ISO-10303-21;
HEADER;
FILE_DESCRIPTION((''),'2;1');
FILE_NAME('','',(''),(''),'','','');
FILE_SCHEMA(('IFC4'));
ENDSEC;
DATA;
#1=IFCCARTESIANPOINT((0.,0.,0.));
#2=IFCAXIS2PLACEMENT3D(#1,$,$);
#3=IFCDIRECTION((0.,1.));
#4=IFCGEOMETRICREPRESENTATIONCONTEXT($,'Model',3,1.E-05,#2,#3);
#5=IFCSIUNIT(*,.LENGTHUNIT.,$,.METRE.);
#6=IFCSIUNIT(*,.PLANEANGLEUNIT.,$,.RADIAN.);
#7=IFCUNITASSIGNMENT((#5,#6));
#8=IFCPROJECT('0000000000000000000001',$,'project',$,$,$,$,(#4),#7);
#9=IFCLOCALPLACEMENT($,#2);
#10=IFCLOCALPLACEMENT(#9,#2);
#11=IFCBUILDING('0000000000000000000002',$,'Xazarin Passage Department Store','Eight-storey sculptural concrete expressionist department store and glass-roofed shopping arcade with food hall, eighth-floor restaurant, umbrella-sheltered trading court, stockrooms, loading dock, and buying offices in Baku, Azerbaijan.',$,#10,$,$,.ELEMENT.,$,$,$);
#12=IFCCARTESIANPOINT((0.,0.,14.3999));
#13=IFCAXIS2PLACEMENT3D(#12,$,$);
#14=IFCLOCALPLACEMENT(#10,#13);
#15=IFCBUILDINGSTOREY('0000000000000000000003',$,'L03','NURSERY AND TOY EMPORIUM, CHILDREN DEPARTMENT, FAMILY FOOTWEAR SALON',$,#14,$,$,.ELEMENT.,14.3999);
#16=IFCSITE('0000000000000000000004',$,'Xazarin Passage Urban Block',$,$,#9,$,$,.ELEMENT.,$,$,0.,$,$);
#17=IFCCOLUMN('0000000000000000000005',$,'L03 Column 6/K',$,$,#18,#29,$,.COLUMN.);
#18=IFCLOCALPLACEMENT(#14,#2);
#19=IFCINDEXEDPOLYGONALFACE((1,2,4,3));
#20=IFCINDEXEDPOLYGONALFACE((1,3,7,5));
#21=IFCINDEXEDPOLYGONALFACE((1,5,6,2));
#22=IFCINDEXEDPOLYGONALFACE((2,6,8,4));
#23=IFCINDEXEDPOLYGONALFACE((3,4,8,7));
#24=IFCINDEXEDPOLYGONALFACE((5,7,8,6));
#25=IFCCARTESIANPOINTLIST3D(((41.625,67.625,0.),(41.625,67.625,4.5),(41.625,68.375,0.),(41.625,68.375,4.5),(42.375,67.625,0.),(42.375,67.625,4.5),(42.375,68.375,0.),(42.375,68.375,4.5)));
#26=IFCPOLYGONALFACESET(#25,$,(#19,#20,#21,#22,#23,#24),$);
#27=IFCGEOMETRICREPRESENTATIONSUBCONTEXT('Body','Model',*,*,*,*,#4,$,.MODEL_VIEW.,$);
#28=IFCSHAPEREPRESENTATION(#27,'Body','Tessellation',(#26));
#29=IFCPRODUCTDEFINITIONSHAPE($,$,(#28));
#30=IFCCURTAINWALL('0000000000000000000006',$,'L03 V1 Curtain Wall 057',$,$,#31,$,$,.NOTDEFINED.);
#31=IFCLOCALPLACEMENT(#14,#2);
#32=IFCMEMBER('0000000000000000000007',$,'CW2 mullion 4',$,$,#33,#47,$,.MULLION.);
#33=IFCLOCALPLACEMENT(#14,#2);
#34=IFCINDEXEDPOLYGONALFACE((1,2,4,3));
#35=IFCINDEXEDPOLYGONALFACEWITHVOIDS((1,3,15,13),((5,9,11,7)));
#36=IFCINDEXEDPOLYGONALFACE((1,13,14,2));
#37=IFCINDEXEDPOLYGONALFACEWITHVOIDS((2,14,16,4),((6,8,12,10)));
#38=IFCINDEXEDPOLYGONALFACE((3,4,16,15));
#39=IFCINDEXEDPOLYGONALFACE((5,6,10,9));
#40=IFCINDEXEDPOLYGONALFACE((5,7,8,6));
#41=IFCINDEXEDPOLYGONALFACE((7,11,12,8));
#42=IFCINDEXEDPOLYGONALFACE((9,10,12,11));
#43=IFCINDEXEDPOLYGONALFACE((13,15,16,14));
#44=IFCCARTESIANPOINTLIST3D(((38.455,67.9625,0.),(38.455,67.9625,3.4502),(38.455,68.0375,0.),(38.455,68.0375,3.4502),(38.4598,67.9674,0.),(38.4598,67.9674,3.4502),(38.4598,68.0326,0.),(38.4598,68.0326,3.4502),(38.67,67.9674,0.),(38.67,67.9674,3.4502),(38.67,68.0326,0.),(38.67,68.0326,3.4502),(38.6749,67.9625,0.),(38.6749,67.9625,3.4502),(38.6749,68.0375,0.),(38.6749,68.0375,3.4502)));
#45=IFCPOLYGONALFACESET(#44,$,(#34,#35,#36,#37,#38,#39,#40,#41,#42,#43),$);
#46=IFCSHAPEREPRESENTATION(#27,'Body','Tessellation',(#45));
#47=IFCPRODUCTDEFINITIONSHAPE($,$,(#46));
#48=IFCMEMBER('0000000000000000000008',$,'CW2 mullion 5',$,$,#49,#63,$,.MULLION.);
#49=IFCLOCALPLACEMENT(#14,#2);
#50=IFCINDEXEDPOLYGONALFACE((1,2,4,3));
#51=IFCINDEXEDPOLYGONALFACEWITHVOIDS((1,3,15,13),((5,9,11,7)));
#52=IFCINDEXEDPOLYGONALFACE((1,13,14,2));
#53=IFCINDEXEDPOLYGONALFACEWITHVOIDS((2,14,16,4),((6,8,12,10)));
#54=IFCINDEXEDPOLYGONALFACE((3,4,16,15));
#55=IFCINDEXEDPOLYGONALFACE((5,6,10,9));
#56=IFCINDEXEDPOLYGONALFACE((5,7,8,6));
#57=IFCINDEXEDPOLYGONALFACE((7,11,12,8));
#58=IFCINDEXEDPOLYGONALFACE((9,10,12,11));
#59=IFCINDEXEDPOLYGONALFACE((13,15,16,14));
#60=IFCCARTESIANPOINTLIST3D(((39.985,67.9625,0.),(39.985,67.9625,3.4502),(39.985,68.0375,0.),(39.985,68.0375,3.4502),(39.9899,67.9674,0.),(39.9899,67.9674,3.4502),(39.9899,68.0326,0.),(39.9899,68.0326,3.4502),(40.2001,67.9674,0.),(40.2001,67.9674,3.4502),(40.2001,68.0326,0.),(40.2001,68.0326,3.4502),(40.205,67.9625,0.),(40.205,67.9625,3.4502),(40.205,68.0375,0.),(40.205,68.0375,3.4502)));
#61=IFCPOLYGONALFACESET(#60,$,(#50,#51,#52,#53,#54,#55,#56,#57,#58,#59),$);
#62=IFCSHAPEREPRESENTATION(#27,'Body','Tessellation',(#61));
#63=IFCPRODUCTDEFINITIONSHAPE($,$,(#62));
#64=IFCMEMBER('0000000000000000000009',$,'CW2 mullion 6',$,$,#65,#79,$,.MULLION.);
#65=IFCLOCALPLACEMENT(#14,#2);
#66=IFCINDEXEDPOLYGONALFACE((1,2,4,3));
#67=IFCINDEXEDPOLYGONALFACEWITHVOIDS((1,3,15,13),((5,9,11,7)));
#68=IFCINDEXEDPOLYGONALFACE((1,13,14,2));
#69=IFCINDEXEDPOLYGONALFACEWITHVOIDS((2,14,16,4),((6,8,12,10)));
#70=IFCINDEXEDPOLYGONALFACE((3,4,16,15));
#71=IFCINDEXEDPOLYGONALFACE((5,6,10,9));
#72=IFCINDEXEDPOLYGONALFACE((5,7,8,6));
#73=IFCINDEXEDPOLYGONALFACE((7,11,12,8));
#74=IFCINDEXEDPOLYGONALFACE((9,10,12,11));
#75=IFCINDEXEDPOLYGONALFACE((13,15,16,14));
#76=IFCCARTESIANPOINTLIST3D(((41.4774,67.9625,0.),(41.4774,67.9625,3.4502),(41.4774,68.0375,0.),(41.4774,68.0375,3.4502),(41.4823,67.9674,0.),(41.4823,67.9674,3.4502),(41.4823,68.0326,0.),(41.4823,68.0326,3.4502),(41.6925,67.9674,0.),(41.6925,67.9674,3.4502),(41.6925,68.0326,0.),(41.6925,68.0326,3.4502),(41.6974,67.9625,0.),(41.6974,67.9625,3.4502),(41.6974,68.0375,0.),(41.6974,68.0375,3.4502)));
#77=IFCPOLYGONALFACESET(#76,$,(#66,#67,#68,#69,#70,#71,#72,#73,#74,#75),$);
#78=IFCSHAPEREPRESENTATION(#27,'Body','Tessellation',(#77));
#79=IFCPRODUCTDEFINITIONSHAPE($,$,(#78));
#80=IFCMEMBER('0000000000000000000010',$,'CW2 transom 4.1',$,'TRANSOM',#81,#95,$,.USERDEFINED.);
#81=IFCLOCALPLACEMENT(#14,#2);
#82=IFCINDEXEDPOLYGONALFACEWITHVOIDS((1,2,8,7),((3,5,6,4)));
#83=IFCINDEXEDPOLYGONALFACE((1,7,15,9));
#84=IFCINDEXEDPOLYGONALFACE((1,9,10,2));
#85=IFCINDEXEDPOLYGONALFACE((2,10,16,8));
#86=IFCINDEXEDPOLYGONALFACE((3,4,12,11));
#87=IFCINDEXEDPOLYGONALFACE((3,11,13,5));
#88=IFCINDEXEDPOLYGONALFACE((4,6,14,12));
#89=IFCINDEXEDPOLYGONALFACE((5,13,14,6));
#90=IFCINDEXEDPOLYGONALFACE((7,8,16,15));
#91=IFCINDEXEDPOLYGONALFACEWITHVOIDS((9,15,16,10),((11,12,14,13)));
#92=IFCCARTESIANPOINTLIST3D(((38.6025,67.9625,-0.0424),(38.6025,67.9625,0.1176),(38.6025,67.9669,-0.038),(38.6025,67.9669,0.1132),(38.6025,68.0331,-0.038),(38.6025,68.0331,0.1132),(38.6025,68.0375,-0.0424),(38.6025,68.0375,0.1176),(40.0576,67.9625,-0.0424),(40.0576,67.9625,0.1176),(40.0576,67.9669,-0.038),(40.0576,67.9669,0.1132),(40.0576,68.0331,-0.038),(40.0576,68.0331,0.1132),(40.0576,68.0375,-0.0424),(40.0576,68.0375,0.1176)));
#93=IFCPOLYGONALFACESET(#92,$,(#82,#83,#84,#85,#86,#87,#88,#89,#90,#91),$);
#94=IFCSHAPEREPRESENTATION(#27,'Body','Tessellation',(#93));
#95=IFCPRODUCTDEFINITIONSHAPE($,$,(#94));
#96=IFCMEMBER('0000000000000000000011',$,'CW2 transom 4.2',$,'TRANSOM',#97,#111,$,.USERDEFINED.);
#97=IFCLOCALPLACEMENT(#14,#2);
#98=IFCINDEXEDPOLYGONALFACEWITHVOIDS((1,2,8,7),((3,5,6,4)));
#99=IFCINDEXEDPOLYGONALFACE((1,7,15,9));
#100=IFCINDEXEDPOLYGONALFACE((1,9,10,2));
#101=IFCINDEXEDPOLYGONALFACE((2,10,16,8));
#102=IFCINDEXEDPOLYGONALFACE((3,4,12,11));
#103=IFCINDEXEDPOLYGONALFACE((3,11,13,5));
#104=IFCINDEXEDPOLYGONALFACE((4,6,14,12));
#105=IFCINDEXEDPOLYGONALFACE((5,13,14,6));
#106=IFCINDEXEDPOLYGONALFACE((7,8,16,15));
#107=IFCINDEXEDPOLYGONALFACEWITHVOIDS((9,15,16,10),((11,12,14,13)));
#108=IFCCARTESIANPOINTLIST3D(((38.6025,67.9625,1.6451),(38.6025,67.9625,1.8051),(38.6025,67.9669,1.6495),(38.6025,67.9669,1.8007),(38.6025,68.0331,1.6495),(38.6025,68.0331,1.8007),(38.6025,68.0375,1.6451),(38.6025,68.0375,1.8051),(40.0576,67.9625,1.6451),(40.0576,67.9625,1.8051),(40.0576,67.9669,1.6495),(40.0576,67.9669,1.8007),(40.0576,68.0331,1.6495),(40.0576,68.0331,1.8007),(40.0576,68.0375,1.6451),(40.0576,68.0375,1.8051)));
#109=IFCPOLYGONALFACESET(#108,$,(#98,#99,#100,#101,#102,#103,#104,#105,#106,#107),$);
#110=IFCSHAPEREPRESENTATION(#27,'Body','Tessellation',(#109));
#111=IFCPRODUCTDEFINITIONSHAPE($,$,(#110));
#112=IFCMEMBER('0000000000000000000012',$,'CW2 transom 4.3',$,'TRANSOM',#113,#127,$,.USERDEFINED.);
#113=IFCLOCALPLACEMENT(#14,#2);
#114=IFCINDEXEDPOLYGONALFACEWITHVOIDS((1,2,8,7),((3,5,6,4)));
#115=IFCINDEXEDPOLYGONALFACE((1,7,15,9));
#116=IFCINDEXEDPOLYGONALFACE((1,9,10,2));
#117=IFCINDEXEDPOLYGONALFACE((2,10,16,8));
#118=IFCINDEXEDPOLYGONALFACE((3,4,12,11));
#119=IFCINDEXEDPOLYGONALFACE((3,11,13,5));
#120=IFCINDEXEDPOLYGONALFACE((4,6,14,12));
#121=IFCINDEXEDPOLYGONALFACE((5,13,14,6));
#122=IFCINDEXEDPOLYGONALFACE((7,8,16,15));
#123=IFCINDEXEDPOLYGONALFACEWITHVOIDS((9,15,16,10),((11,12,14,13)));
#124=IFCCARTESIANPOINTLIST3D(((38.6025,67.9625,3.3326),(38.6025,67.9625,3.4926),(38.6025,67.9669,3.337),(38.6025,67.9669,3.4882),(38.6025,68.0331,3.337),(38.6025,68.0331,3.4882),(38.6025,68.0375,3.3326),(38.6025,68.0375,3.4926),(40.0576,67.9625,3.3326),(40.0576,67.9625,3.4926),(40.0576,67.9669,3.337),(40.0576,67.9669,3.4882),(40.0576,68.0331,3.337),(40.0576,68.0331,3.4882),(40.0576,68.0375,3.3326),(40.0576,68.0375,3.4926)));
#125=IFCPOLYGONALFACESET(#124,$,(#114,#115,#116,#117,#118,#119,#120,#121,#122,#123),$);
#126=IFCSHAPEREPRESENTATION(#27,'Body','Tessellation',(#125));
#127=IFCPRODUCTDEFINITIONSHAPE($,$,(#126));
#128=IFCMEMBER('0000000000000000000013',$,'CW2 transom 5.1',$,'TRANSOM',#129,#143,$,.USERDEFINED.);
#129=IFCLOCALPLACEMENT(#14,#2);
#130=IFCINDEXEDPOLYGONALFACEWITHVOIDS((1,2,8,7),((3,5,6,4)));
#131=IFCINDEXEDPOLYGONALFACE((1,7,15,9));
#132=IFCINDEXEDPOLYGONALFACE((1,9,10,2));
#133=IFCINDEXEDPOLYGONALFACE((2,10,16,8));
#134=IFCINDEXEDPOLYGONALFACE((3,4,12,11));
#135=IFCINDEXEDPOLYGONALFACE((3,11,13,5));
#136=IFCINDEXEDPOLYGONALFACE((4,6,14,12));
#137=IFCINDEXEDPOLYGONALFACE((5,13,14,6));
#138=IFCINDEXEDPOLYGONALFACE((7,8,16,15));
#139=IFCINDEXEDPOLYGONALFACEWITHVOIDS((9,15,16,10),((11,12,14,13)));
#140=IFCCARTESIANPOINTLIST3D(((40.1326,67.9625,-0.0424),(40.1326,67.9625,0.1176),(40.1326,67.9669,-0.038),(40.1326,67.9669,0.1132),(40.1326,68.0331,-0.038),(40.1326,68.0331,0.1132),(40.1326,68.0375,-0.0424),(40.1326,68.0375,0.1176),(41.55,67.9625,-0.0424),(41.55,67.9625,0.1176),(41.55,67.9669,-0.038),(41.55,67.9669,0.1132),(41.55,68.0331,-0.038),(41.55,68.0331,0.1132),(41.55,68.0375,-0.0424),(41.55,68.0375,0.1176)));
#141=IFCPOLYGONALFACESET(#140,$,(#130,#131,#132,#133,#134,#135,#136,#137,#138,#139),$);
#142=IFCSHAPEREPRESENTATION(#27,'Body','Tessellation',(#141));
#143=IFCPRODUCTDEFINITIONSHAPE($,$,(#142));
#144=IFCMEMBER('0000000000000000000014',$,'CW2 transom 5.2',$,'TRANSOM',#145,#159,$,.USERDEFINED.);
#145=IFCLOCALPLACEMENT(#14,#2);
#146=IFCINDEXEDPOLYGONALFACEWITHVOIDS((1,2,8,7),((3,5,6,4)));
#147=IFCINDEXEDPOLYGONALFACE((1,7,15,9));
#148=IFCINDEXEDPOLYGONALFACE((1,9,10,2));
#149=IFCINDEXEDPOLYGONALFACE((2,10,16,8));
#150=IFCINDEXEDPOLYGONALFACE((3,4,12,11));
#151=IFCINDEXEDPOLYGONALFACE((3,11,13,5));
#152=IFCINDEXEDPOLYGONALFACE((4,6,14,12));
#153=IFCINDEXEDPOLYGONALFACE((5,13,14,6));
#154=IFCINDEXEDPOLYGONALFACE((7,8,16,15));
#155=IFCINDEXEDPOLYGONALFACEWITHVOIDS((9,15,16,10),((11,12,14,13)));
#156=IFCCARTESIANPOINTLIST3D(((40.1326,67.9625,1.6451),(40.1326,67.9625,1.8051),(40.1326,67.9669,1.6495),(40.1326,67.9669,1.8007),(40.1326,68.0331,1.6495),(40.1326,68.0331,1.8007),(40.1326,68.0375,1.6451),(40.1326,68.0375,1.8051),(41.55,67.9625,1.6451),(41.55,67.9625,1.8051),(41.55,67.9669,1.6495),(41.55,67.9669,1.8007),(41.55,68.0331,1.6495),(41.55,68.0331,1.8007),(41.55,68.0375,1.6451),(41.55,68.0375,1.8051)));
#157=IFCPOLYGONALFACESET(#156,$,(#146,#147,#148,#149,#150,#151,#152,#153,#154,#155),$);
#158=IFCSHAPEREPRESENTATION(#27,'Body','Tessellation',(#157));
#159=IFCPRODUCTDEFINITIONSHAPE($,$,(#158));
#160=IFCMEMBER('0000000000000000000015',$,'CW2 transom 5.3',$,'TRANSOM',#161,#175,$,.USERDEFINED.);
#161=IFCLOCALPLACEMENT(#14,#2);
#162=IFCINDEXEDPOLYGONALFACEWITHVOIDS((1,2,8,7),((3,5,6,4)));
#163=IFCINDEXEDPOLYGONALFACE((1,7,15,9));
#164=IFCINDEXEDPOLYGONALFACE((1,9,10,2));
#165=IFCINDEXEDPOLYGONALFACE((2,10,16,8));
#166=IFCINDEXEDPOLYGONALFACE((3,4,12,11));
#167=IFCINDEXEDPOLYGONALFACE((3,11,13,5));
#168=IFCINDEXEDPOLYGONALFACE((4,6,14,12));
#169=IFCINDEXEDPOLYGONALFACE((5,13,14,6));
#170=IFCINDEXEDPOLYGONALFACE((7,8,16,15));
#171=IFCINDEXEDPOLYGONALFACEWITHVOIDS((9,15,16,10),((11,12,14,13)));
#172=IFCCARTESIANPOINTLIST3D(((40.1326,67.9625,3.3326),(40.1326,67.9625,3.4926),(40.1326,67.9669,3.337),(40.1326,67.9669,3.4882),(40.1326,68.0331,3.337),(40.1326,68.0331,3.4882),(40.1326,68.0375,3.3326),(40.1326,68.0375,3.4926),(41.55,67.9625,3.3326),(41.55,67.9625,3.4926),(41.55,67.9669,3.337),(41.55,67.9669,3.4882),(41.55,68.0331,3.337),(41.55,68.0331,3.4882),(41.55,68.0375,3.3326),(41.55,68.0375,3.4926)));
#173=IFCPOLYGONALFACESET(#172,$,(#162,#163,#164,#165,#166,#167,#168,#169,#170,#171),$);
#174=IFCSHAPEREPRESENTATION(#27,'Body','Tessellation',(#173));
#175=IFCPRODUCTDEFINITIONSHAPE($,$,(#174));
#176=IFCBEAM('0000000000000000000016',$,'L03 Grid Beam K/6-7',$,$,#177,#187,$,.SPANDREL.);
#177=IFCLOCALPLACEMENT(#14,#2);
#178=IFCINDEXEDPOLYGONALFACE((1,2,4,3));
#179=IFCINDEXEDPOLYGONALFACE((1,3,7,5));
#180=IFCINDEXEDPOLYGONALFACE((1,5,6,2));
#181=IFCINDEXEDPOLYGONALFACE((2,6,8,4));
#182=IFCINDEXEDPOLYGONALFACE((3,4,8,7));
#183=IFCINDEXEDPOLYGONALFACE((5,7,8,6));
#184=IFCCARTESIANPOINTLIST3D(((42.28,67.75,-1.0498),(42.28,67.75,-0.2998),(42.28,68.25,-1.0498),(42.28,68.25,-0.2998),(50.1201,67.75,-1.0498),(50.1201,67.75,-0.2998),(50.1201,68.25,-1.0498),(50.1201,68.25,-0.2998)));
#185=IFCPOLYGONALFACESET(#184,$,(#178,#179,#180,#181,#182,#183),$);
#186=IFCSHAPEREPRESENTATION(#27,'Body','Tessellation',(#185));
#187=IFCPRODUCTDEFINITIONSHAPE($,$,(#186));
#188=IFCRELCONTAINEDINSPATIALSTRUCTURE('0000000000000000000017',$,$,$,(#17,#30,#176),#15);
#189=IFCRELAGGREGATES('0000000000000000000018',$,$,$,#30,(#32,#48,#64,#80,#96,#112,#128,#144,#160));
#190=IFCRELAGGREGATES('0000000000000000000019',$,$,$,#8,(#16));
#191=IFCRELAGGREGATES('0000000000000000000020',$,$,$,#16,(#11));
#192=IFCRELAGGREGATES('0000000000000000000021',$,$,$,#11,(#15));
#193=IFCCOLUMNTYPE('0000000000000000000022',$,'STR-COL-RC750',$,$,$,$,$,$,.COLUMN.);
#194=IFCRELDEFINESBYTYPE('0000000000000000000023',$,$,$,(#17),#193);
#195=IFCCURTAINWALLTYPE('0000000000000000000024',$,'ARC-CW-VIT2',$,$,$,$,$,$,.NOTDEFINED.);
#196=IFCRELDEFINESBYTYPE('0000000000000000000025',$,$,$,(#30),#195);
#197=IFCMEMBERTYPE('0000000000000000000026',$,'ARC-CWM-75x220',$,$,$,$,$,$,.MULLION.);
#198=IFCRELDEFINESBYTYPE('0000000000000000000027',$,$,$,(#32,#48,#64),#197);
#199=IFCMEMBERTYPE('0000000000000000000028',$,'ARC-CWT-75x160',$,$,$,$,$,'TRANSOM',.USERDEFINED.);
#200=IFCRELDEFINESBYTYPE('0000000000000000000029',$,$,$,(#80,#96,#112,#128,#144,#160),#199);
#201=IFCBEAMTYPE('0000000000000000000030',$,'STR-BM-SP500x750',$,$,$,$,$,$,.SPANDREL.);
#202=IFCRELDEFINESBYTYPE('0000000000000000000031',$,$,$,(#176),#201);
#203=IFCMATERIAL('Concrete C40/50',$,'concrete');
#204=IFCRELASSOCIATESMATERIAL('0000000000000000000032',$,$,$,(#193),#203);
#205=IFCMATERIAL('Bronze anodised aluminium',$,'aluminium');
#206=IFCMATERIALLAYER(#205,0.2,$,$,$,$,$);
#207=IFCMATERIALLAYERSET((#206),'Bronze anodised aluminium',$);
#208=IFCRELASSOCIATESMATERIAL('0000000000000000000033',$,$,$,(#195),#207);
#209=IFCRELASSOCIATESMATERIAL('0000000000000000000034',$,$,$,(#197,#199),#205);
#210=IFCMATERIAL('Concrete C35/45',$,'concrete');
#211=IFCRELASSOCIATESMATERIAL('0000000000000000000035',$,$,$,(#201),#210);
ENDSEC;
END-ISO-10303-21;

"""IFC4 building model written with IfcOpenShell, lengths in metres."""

from ifc_helpers import new_model, si_unit, direction, frame, origin, origin_2d, place, context, subcontext, project, spatial, rectangle, hollow_rectangle, extrude, material, layer, layer_set, material_profile, profile_set, type_object, element, aggregate, save


model = new_model("IFC4")

# Units and contexts
model_context = context("Model", 3, precision=1e-05, world=origin(), true_north=direction((0.0, 1.0)))
body_context = subcontext(model_context, "Body", "Model", "MODEL_VIEW")
ifc_project = project(units=[si_unit("LENGTHUNIT", "METRE"), si_unit("PLANEANGLEUNIT", "RADIAN")], contexts=[model_context])

# Site, building, storey
site_placement = place(None, origin())
site = spatial("IfcSite", under=ifc_project, at=site_placement, Name="Xazarin Passage Urban Block", CompositionType="ELEMENT", RefElevation=0.0)
building_placement = place(site_placement, origin())
building = spatial("IfcBuilding", under=site, at=building_placement, Name="Xazarin Passage Department Store", Description="Eight-storey sculptural concrete expressionist department store and glass-roofed shopping arcade with food hall, eighth-floor restaurant, umbrella-sheltered trading court, stockrooms, loading dock, and buying offices in Baku, Azerbaijan.", CompositionType="ELEMENT")
storey_placement = place(building_placement, frame((0.0, 0.0, 14.3999)))
storey = spatial("IfcBuildingStorey", under=building, at=storey_placement, Name="L03", Description="NURSERY AND TOY EMPORIUM, CHILDREN DEPARTMENT, FAMILY FOOTWEAR SALON", CompositionType="ELEMENT", Elevation=14.3999)

# Column
ifc_material_1 = material(Name="Concrete C40/50", Category="concrete")
ifc_material_profile_1 = material_profile(ifc_material_1, rectangle(XDim=0.75, YDim=0.75, at=origin_2d()), Name="RC 750x750")
ifc_profile_set_1 = profile_set([ifc_material_profile_1], Name="Concrete C40/50")
column_type = type_object("IfcColumnType", Name="STR-COL-RC750", PredefinedType="COLUMN", material=ifc_profile_set_1)
column_placement = place(storey_placement, frame((42.0, 68.0, 0.0), z_axis=(0.0, 0.0, 1.0), x_axis=(1.0, 0.0, 0.0)))
element("IfcColumn", 1, at=column_placement, inside=storey, type_object=column_type, Name="L03 Column 6/K", PredefinedType="COLUMN", context=body_context, shape_type="SweptSolid", body=[
    extrude(rectangle(XDim=0.75, YDim=0.75, at=origin_2d()), origin(), (0.0, 0.0, 1.0), 4.5),
])

# Curtain wall, members
ifc_material_2 = material(Name="Bronze anodised aluminium", Category="aluminium")
ifc_layer_1 = layer(ifc_material_2, 0.2)
ifc_layer_set_1 = layer_set([ifc_layer_1], Name="Bronze anodised aluminium")
curtain_wall_type = type_object("IfcCurtainWallType", Name="ARC-CW-VIT2", PredefinedType="NOTDEFINED", material=ifc_layer_set_1)
curtain_wall_placement = place(storey_placement, origin())
curtain_wall = element("IfcCurtainWall", 2, at=curtain_wall_placement, inside=storey, type_object=curtain_wall_type, Name="L03 V1 Curtain Wall 057", PredefinedType="NOTDEFINED")
ifc_material_profile_2 = material_profile(ifc_material_2, hollow_rectangle(XDim=0.075, YDim=0.22, WallThickness=0.0049, at=origin_2d()), Name="ALU 75x220")
ifc_profile_set_2 = profile_set([ifc_material_profile_2], Name="Bronze anodised aluminium")
member_type_1 = type_object("IfcMemberType", Name="ARC-CWM-75x220", PredefinedType="MULLION", material=ifc_profile_set_2)
member_1_placement = place(storey_placement, frame((38.5649, 68.0, 0.0), z_axis=(0.0, 0.0, 1.0), x_axis=(0.0, 1.0, 0.0)))
member_1 = element("IfcMember", 3, at=member_1_placement, type_object=member_type_1, Name="CW2 mullion 4", PredefinedType="MULLION", context=body_context, shape_type="SweptSolid", body=[
    extrude(hollow_rectangle(XDim=0.075, YDim=0.22, WallThickness=0.0049, at=origin_2d()), origin(), (0.0, 0.0, 1.0), 3.4502),
])
member_2_placement = place(storey_placement, frame((40.095, 68.0, 0.0), z_axis=(0.0, 0.0, 1.0), x_axis=(0.0, 1.0, 0.0)))
member_2 = element("IfcMember", 4, at=member_2_placement, type_object=member_type_1, Name="CW2 mullion 5", PredefinedType="MULLION", context=body_context, shape_type="SweptSolid", body=[
    extrude(hollow_rectangle(XDim=0.075, YDim=0.22, WallThickness=0.0049, at=origin_2d()), origin(), (0.0, 0.0, 1.0), 3.4502),
])
member_3_placement = place(storey_placement, frame((41.5874, 68.0, 0.0), z_axis=(0.0, 0.0, 1.0), x_axis=(0.0, 1.0, 0.0)))
member_3 = element("IfcMember", 5, at=member_3_placement, type_object=member_type_1, Name="CW2 mullion 6", PredefinedType="MULLION", context=body_context, shape_type="SweptSolid", body=[
    extrude(hollow_rectangle(XDim=0.075, YDim=0.22, WallThickness=0.0049, at=origin_2d()), origin(), (0.0, 0.0, 1.0), 3.4502),
])
ifc_material_profile_3 = material_profile(ifc_material_2, hollow_rectangle(XDim=0.075, YDim=0.1599, WallThickness=0.0044, at=origin_2d()), Name="ALU 75x160")
ifc_profile_set_3 = profile_set([ifc_material_profile_3], Name="Bronze anodised aluminium")
member_type_2 = type_object("IfcMemberType", Name="ARC-CWT-75x160", ElementType="TRANSOM", PredefinedType="USERDEFINED", material=ifc_profile_set_3)
member_4_placement = place(storey_placement, frame((38.6025, 68.0, 0.0376), z_axis=(1.0, 0.0, 0.0), x_axis=(0.0, 1.0, 0.0)))
member_4 = element("IfcMember", 6, at=member_4_placement, type_object=member_type_2, Name="CW2 transom 4.1", ObjectType="TRANSOM", PredefinedType="USERDEFINED", context=body_context, shape_type="SweptSolid", body=[
    extrude(hollow_rectangle(XDim=0.075, YDim=0.1599, WallThickness=0.0044, at=origin_2d()), origin(), (0.0, 0.0, 1.0), 1.4551),
])
member_5_placement = place(storey_placement, frame((38.6025, 68.0, 1.7251), z_axis=(1.0, 0.0, 0.0), x_axis=(0.0, 1.0, 0.0)))
member_5 = element("IfcMember", 7, at=member_5_placement, type_object=member_type_2, Name="CW2 transom 4.2", ObjectType="TRANSOM", PredefinedType="USERDEFINED", context=body_context, shape_type="SweptSolid", body=[
    extrude(hollow_rectangle(XDim=0.075, YDim=0.1599, WallThickness=0.0044, at=origin_2d()), origin(), (0.0, 0.0, 1.0), 1.4551),
])
member_6_placement = place(storey_placement, frame((38.6025, 68.0, 3.4126), z_axis=(1.0, 0.0, 0.0), x_axis=(0.0, 1.0, 0.0)))
member_6 = element("IfcMember", 8, at=member_6_placement, type_object=member_type_2, Name="CW2 transom 4.3", ObjectType="TRANSOM", PredefinedType="USERDEFINED", context=body_context, shape_type="SweptSolid", body=[
    extrude(hollow_rectangle(XDim=0.075, YDim=0.1599, WallThickness=0.0044, at=origin_2d()), origin(), (0.0, 0.0, 1.0), 1.4551),
])
member_7_placement = place(storey_placement, frame((40.1326, 68.0, 0.0376), z_axis=(1.0, 0.0, 0.0), x_axis=(0.0, 1.0, 0.0)))
member_7 = element("IfcMember", 9, at=member_7_placement, type_object=member_type_2, Name="CW2 transom 5.1", ObjectType="TRANSOM", PredefinedType="USERDEFINED", context=body_context, shape_type="SweptSolid", body=[
    extrude(hollow_rectangle(XDim=0.075, YDim=0.1599, WallThickness=0.0044, at=origin_2d()), origin(), (0.0, 0.0, 1.0), 1.4175),
])
member_8_placement = place(storey_placement, frame((40.1326, 68.0, 1.7251), z_axis=(1.0, 0.0, 0.0), x_axis=(0.0, 1.0, 0.0)))
member_8 = element("IfcMember", 10, at=member_8_placement, type_object=member_type_2, Name="CW2 transom 5.2", ObjectType="TRANSOM", PredefinedType="USERDEFINED", context=body_context, shape_type="SweptSolid", body=[
    extrude(hollow_rectangle(XDim=0.075, YDim=0.1599, WallThickness=0.0044, at=origin_2d()), origin(), (0.0, 0.0, 1.0), 1.4175),
])
member_9_placement = place(storey_placement, frame((40.1326, 68.0, 3.4126), z_axis=(1.0, 0.0, 0.0), x_axis=(0.0, 1.0, 0.0)))
member_9 = element("IfcMember", 11, at=member_9_placement, type_object=member_type_2, Name="CW2 transom 5.3", ObjectType="TRANSOM", PredefinedType="USERDEFINED", context=body_context, shape_type="SweptSolid", body=[
    extrude(hollow_rectangle(XDim=0.075, YDim=0.1599, WallThickness=0.0044, at=origin_2d()), origin(), (0.0, 0.0, 1.0), 1.4175),
])

# Beam
ifc_material_3 = material(Name="Concrete C35/45", Category="concrete")
ifc_material_profile_4 = material_profile(ifc_material_3, rectangle(XDim=0.5, YDim=0.75, at=origin_2d()), Name="RC 500x750")
ifc_profile_set_4 = profile_set([ifc_material_profile_4], Name="Concrete C35/45")
beam_type = type_object("IfcBeamType", Name="STR-BM-SP500x750", PredefinedType="SPANDREL", material=ifc_profile_set_4)
beam_placement = place(storey_placement, frame((42.28, 68.0, -0.6748), z_axis=(1.0, 0.0, 0.0), x_axis=(0.0, 1.0, 0.0)))
element("IfcBeam", 12, at=beam_placement, inside=storey, type_object=beam_type, Name="L03 Grid Beam K/6-7", PredefinedType="SPANDREL", context=body_context, shape_type="SweptSolid", body=[
    extrude(rectangle(XDim=0.5, YDim=0.75, at=origin_2d()), origin(), (0.0, 0.0, 1.0), 7.8401),
])

aggregate(curtain_wall, [member_1, member_2, member_3, member_4, member_5, member_6, member_7, member_8, member_9])

save(model, "model.ifc")
